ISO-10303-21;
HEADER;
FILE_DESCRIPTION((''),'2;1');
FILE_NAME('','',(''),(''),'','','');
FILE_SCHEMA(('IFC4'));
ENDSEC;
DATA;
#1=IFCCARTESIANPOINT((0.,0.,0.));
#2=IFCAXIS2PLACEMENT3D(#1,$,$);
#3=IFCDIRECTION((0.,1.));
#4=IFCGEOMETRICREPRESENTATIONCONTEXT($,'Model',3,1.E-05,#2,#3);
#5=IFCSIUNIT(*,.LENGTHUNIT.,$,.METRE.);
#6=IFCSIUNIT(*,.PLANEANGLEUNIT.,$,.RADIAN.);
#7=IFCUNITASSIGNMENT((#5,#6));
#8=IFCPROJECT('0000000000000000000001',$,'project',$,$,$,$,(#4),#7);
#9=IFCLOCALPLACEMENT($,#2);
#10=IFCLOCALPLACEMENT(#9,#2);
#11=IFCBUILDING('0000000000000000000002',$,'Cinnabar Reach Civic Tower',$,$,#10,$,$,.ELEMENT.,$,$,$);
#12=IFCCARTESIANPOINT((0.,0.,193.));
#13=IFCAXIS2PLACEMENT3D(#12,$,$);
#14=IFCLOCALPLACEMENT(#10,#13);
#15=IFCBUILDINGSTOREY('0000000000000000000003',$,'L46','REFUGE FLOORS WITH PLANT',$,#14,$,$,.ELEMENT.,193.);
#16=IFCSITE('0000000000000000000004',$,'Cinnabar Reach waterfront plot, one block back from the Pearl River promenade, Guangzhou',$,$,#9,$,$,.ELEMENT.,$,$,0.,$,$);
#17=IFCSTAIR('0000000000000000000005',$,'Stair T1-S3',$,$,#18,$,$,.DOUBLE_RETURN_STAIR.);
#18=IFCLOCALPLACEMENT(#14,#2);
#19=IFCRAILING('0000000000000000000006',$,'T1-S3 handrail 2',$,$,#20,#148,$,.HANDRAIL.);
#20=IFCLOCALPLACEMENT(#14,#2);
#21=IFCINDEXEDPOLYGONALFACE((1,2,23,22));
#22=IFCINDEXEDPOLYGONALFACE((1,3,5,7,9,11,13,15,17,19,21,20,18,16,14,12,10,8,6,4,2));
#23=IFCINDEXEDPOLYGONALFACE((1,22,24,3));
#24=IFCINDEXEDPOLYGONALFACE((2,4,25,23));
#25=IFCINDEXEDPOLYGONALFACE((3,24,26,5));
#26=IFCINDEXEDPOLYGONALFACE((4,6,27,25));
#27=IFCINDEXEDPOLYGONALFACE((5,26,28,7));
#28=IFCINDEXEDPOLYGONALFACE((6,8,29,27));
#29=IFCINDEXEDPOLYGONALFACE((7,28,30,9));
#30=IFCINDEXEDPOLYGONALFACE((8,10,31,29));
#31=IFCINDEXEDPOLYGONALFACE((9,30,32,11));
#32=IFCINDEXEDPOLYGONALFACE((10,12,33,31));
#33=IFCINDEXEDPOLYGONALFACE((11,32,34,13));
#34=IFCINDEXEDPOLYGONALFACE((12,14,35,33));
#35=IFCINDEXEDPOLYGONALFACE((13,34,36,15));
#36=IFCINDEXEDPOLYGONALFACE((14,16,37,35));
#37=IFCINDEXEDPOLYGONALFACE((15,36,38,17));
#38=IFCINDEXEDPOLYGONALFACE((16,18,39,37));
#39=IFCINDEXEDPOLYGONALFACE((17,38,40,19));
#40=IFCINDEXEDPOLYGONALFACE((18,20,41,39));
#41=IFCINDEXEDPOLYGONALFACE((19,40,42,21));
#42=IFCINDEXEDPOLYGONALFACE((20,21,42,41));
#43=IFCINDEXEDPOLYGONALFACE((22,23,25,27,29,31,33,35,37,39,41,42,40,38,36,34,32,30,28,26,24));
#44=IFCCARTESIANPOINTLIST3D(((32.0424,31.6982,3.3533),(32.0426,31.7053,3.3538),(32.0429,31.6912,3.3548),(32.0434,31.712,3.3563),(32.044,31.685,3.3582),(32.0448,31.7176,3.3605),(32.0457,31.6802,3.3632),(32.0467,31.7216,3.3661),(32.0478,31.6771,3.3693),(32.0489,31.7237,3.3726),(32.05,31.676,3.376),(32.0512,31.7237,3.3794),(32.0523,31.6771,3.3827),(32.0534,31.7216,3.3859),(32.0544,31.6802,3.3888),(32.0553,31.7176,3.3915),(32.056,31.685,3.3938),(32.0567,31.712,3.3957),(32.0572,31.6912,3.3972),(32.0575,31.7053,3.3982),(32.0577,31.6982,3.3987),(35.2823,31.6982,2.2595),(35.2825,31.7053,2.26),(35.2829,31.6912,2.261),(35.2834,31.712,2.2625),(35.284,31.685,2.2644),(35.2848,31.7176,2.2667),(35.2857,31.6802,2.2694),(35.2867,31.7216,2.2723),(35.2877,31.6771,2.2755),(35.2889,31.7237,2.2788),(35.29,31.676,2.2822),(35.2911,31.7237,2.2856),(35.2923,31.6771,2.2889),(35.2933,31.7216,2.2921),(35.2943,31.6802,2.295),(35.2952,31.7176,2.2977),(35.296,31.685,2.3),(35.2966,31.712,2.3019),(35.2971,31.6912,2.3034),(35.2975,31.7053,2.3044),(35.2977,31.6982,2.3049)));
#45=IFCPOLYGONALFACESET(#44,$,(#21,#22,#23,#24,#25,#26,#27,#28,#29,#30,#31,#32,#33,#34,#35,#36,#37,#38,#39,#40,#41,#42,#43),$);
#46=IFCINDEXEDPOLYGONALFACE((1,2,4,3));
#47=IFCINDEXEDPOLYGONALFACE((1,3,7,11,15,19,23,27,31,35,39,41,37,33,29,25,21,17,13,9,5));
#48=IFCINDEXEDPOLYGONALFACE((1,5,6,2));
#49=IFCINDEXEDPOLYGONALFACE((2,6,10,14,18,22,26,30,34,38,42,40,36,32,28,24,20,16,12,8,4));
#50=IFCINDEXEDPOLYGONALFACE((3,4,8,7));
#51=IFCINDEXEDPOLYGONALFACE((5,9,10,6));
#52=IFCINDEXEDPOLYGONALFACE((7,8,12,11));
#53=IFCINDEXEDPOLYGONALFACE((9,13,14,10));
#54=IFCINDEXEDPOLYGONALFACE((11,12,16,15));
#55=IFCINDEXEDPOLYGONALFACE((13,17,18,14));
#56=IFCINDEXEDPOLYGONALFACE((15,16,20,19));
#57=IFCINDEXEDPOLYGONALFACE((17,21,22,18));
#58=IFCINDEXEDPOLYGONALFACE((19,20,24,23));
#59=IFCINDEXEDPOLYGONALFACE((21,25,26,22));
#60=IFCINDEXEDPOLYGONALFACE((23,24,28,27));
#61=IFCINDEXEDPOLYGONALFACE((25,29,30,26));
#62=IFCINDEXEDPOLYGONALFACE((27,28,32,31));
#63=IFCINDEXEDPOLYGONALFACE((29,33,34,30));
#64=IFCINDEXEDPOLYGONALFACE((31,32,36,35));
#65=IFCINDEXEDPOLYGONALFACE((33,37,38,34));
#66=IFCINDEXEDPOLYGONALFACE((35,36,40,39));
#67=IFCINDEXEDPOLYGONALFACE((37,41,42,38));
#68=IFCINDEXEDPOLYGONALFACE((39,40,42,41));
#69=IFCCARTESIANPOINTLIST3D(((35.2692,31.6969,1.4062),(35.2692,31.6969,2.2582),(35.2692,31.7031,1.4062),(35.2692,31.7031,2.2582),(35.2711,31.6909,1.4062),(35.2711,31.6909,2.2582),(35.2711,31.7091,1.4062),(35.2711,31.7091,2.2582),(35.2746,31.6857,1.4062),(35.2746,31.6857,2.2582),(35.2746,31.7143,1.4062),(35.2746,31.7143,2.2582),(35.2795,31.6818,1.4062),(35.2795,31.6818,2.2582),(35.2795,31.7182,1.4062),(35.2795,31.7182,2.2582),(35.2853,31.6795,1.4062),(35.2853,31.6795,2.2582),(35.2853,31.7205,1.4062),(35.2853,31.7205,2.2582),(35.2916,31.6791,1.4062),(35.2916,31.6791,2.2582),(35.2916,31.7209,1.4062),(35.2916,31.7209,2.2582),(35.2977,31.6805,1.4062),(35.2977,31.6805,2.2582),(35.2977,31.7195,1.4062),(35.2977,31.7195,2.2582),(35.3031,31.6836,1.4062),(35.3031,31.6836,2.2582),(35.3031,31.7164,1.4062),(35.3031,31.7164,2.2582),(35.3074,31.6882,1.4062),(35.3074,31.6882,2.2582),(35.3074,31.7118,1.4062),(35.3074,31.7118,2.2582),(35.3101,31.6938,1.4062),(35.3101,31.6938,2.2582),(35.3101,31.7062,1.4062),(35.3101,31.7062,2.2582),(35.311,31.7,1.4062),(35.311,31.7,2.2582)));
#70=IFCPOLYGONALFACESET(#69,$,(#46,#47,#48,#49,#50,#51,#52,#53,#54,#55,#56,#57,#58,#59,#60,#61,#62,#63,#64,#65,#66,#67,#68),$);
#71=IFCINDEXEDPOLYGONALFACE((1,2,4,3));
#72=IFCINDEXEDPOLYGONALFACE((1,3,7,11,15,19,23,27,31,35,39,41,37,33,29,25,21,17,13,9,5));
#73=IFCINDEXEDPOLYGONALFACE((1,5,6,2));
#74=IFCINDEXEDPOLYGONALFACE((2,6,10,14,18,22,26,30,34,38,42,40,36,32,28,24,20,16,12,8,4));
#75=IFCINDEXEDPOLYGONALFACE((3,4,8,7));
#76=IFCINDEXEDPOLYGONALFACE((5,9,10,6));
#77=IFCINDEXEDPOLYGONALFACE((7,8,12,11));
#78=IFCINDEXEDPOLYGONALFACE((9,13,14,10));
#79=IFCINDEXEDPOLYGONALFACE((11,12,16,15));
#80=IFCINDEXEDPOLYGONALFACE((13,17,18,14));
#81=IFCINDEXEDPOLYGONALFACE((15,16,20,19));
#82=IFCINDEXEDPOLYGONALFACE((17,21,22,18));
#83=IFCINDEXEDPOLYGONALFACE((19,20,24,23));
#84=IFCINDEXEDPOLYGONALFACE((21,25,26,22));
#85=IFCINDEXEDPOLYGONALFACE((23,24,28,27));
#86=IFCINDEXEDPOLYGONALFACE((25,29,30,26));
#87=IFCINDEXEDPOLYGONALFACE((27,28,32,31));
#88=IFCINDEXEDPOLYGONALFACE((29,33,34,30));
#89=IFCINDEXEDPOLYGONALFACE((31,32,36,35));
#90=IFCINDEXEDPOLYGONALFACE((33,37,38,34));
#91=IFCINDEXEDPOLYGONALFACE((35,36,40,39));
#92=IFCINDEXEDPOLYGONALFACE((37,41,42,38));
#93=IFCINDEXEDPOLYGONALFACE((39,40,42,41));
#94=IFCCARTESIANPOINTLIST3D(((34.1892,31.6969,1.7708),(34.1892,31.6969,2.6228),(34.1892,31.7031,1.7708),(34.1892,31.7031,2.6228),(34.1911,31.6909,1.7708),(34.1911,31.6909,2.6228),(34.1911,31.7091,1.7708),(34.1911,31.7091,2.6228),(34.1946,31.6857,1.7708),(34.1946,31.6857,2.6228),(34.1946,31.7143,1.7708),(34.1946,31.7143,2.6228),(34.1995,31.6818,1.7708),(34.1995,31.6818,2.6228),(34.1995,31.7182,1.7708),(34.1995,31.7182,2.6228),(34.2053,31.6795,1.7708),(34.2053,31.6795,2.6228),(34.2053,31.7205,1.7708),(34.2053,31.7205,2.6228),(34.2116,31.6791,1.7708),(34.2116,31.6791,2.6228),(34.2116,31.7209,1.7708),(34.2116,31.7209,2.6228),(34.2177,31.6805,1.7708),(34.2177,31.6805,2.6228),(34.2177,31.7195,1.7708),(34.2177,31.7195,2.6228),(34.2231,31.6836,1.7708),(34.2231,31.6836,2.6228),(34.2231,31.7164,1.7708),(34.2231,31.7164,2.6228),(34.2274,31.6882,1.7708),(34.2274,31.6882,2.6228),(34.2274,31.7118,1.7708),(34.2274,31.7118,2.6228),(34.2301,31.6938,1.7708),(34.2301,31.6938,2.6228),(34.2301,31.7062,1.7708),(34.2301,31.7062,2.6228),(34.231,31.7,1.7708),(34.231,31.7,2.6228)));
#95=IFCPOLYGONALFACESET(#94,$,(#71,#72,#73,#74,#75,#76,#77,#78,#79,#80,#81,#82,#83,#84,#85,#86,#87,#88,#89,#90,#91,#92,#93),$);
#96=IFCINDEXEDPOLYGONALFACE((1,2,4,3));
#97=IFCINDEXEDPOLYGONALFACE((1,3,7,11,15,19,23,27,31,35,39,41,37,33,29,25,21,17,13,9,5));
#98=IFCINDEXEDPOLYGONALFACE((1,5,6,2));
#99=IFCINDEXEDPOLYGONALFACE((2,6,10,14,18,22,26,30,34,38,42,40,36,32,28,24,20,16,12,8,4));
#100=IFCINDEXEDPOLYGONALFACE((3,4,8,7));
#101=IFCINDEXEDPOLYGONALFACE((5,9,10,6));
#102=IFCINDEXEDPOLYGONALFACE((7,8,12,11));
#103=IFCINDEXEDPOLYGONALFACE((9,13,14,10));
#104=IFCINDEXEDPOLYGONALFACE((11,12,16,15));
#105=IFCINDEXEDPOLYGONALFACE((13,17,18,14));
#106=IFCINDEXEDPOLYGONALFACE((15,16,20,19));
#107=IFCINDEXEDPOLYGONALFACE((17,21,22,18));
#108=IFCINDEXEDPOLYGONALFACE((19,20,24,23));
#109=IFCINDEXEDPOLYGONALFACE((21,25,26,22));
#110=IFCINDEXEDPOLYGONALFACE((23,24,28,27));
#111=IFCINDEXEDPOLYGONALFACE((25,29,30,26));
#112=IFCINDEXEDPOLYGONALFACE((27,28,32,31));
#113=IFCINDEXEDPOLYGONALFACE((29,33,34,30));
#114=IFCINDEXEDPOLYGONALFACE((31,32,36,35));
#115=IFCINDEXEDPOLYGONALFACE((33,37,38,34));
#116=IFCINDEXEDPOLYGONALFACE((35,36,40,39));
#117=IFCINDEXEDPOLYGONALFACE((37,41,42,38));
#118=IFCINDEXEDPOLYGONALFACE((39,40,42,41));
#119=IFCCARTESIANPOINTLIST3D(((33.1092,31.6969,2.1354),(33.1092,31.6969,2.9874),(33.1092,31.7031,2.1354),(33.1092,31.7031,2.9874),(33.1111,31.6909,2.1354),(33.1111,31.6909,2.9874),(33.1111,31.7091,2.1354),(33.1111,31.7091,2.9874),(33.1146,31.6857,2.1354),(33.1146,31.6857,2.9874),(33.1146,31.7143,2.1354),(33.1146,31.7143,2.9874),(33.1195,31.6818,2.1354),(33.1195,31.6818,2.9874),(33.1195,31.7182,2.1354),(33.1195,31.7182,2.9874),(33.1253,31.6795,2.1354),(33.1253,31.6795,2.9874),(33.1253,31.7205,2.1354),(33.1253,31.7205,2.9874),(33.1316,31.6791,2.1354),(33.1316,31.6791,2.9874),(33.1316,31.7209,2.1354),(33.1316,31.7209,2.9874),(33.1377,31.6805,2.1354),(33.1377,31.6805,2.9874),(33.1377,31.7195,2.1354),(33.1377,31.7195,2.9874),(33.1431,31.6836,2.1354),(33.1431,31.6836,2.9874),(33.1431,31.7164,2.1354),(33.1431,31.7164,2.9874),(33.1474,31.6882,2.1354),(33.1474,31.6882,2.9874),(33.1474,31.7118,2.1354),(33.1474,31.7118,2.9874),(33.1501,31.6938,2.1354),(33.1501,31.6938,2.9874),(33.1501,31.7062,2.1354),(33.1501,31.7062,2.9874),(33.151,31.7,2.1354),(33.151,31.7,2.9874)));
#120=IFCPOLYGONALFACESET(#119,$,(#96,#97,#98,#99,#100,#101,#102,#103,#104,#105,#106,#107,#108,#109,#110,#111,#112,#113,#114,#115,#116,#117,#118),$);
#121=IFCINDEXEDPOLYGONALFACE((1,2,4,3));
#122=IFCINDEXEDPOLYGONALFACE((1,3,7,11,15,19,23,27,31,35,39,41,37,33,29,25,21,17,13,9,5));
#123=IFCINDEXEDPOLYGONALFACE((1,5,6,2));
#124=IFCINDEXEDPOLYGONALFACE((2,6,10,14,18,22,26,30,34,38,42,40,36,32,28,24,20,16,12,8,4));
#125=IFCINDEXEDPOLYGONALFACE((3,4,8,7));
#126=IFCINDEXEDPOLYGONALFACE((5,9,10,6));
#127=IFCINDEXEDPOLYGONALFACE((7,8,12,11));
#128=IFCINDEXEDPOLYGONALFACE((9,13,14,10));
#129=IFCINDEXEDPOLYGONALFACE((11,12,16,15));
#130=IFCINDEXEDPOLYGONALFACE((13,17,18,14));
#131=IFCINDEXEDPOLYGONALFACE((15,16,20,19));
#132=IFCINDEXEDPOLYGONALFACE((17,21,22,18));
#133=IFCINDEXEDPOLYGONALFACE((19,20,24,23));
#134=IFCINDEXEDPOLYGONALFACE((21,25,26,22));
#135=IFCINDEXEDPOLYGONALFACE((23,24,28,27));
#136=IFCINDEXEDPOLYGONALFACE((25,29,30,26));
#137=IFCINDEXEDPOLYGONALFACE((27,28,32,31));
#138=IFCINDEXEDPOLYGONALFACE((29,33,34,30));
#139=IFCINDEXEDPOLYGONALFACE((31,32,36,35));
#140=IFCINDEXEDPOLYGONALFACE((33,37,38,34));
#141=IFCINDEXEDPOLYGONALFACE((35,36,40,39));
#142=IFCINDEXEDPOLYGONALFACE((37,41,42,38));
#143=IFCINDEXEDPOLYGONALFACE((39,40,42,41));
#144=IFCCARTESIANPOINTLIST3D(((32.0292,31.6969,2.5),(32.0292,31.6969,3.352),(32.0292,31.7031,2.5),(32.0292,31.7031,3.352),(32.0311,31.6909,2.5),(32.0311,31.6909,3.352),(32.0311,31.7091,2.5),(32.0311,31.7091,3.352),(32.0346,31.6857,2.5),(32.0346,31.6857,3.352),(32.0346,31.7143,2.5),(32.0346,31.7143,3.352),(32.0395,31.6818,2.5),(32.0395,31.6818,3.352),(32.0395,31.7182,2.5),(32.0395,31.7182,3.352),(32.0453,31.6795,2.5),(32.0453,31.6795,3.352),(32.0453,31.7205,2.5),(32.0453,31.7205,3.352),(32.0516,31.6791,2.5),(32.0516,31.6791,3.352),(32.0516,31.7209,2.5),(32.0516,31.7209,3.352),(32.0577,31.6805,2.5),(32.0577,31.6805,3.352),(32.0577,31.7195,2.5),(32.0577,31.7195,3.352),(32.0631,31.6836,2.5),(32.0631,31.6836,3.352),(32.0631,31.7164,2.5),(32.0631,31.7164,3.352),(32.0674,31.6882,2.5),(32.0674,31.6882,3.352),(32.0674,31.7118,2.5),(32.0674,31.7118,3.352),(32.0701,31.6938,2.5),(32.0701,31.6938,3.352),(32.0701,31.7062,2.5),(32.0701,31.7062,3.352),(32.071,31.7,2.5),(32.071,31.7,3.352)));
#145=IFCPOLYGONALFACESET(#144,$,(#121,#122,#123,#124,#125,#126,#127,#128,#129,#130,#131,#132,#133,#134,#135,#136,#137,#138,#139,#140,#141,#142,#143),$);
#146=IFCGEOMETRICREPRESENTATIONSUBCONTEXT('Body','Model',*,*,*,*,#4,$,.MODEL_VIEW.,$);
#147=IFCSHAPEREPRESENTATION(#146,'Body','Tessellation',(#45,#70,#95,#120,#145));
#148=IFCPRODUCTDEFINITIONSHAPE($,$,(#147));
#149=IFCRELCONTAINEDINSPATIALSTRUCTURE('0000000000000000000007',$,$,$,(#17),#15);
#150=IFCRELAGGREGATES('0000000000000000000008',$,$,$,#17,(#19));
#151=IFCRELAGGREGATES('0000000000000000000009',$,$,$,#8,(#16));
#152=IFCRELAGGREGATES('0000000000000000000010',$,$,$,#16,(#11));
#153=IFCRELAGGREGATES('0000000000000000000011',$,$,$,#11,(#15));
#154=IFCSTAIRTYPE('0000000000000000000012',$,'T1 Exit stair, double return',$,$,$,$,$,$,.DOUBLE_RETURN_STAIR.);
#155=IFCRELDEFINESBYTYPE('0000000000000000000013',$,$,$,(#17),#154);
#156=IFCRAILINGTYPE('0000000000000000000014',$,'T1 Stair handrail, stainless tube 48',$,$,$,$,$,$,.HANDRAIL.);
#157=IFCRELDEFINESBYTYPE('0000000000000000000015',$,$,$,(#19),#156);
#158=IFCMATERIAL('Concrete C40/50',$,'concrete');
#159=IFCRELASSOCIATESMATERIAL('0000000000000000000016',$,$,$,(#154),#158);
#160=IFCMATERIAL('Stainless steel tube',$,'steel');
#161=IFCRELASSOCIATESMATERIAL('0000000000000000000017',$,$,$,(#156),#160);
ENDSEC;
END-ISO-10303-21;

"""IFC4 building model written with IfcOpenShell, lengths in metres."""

from ifc_helpers import new_model, si_unit, direction, frame, origin, origin_2d, place, context, subcontext, project, spatial, circle, extrude, material, type_object, element, aggregate, save


model = new_model("IFC4")

# Units and contexts
model_context = context("Model", 3, precision=1e-05, world=origin(), true_north=direction((0.0, 1.0)))
body_context = subcontext(model_context, "Body", "Model", "MODEL_VIEW")
ifc_project = project(units=[si_unit("LENGTHUNIT", "METRE"), si_unit("PLANEANGLEUNIT", "RADIAN")], contexts=[model_context])

# Site, building, storey
site_placement = place(None, origin())
site = spatial("IfcSite", under=ifc_project, at=site_placement, Name="Cinnabar Reach waterfront plot, one block back from the Pearl River promenade, Guangzhou", CompositionType="ELEMENT", RefElevation=0.0)
building_placement = place(site_placement, origin())
building = spatial("IfcBuilding", under=site, at=building_placement, Name="Cinnabar Reach Civic Tower", CompositionType="ELEMENT")
storey_placement = place(building_placement, frame((0.0, 0.0, 193.0)))
storey = spatial("IfcBuildingStorey", under=building, at=storey_placement, Name="L46", Description="REFUGE FLOORS WITH PLANT", CompositionType="ELEMENT", Elevation=193.0)

# Stair, railing
ifc_material_1 = material(Name="Concrete C40/50", Category="concrete")
stair_type = type_object("IfcStairType", Name="T1 Exit stair, double return", PredefinedType="DOUBLE_RETURN_STAIR", material=ifc_material_1)
stair_placement = place(storey_placement, origin())
stair = element("IfcStair", 1, at=stair_placement, inside=storey, type_object=stair_type, Name="Stair T1-S3", PredefinedType="DOUBLE_RETURN_STAIR")
ifc_material_2 = material(Name="Stainless steel tube", Category="steel")
railing_type = type_object("IfcRailingType", Name="T1 Stair handrail, stainless tube 48", PredefinedType="HANDRAIL", material=ifc_material_2)
railing_1_placement = place(storey_placement, frame((35.29, 31.7, 1.4062)))
railing_1 = element("IfcRailing", 2, at=railing_1_placement, type_object=railing_type, Name="T1-S3 handrail 2", PredefinedType="HANDRAIL", context=body_context, shape_type="SweptSolid", body=[
    extrude(circle(Radius=0.024, at=origin_2d()), frame((0.0, 0.0, 0.876), z_axis=(-0.947466, 0.0, 0.319857), x_axis=(0.0, -1.0, 0.0)), (0.0, 0.0, 1.0), 3.4196),
    extrude(circle(Radius=0.021, at=origin_2d()), origin(), (0.0, 0.0, 1.0), 0.852),
    extrude(circle(Radius=0.021, at=origin_2d()), frame((-1.08, 0.0, 0.3646)), (0.0, 0.0, 1.0), 0.852),
    extrude(circle(Radius=0.021, at=origin_2d()), frame((-2.16, 0.0, 0.7292)), (0.0, 0.0, 1.0), 0.852),
    extrude(circle(Radius=0.021, at=origin_2d()), frame((-3.24, 0.0, 1.0938)), (0.0, 0.0, 1.0), 0.852),
])
aggregate(stair, [railing_1])

save(model, "model.ifc")
